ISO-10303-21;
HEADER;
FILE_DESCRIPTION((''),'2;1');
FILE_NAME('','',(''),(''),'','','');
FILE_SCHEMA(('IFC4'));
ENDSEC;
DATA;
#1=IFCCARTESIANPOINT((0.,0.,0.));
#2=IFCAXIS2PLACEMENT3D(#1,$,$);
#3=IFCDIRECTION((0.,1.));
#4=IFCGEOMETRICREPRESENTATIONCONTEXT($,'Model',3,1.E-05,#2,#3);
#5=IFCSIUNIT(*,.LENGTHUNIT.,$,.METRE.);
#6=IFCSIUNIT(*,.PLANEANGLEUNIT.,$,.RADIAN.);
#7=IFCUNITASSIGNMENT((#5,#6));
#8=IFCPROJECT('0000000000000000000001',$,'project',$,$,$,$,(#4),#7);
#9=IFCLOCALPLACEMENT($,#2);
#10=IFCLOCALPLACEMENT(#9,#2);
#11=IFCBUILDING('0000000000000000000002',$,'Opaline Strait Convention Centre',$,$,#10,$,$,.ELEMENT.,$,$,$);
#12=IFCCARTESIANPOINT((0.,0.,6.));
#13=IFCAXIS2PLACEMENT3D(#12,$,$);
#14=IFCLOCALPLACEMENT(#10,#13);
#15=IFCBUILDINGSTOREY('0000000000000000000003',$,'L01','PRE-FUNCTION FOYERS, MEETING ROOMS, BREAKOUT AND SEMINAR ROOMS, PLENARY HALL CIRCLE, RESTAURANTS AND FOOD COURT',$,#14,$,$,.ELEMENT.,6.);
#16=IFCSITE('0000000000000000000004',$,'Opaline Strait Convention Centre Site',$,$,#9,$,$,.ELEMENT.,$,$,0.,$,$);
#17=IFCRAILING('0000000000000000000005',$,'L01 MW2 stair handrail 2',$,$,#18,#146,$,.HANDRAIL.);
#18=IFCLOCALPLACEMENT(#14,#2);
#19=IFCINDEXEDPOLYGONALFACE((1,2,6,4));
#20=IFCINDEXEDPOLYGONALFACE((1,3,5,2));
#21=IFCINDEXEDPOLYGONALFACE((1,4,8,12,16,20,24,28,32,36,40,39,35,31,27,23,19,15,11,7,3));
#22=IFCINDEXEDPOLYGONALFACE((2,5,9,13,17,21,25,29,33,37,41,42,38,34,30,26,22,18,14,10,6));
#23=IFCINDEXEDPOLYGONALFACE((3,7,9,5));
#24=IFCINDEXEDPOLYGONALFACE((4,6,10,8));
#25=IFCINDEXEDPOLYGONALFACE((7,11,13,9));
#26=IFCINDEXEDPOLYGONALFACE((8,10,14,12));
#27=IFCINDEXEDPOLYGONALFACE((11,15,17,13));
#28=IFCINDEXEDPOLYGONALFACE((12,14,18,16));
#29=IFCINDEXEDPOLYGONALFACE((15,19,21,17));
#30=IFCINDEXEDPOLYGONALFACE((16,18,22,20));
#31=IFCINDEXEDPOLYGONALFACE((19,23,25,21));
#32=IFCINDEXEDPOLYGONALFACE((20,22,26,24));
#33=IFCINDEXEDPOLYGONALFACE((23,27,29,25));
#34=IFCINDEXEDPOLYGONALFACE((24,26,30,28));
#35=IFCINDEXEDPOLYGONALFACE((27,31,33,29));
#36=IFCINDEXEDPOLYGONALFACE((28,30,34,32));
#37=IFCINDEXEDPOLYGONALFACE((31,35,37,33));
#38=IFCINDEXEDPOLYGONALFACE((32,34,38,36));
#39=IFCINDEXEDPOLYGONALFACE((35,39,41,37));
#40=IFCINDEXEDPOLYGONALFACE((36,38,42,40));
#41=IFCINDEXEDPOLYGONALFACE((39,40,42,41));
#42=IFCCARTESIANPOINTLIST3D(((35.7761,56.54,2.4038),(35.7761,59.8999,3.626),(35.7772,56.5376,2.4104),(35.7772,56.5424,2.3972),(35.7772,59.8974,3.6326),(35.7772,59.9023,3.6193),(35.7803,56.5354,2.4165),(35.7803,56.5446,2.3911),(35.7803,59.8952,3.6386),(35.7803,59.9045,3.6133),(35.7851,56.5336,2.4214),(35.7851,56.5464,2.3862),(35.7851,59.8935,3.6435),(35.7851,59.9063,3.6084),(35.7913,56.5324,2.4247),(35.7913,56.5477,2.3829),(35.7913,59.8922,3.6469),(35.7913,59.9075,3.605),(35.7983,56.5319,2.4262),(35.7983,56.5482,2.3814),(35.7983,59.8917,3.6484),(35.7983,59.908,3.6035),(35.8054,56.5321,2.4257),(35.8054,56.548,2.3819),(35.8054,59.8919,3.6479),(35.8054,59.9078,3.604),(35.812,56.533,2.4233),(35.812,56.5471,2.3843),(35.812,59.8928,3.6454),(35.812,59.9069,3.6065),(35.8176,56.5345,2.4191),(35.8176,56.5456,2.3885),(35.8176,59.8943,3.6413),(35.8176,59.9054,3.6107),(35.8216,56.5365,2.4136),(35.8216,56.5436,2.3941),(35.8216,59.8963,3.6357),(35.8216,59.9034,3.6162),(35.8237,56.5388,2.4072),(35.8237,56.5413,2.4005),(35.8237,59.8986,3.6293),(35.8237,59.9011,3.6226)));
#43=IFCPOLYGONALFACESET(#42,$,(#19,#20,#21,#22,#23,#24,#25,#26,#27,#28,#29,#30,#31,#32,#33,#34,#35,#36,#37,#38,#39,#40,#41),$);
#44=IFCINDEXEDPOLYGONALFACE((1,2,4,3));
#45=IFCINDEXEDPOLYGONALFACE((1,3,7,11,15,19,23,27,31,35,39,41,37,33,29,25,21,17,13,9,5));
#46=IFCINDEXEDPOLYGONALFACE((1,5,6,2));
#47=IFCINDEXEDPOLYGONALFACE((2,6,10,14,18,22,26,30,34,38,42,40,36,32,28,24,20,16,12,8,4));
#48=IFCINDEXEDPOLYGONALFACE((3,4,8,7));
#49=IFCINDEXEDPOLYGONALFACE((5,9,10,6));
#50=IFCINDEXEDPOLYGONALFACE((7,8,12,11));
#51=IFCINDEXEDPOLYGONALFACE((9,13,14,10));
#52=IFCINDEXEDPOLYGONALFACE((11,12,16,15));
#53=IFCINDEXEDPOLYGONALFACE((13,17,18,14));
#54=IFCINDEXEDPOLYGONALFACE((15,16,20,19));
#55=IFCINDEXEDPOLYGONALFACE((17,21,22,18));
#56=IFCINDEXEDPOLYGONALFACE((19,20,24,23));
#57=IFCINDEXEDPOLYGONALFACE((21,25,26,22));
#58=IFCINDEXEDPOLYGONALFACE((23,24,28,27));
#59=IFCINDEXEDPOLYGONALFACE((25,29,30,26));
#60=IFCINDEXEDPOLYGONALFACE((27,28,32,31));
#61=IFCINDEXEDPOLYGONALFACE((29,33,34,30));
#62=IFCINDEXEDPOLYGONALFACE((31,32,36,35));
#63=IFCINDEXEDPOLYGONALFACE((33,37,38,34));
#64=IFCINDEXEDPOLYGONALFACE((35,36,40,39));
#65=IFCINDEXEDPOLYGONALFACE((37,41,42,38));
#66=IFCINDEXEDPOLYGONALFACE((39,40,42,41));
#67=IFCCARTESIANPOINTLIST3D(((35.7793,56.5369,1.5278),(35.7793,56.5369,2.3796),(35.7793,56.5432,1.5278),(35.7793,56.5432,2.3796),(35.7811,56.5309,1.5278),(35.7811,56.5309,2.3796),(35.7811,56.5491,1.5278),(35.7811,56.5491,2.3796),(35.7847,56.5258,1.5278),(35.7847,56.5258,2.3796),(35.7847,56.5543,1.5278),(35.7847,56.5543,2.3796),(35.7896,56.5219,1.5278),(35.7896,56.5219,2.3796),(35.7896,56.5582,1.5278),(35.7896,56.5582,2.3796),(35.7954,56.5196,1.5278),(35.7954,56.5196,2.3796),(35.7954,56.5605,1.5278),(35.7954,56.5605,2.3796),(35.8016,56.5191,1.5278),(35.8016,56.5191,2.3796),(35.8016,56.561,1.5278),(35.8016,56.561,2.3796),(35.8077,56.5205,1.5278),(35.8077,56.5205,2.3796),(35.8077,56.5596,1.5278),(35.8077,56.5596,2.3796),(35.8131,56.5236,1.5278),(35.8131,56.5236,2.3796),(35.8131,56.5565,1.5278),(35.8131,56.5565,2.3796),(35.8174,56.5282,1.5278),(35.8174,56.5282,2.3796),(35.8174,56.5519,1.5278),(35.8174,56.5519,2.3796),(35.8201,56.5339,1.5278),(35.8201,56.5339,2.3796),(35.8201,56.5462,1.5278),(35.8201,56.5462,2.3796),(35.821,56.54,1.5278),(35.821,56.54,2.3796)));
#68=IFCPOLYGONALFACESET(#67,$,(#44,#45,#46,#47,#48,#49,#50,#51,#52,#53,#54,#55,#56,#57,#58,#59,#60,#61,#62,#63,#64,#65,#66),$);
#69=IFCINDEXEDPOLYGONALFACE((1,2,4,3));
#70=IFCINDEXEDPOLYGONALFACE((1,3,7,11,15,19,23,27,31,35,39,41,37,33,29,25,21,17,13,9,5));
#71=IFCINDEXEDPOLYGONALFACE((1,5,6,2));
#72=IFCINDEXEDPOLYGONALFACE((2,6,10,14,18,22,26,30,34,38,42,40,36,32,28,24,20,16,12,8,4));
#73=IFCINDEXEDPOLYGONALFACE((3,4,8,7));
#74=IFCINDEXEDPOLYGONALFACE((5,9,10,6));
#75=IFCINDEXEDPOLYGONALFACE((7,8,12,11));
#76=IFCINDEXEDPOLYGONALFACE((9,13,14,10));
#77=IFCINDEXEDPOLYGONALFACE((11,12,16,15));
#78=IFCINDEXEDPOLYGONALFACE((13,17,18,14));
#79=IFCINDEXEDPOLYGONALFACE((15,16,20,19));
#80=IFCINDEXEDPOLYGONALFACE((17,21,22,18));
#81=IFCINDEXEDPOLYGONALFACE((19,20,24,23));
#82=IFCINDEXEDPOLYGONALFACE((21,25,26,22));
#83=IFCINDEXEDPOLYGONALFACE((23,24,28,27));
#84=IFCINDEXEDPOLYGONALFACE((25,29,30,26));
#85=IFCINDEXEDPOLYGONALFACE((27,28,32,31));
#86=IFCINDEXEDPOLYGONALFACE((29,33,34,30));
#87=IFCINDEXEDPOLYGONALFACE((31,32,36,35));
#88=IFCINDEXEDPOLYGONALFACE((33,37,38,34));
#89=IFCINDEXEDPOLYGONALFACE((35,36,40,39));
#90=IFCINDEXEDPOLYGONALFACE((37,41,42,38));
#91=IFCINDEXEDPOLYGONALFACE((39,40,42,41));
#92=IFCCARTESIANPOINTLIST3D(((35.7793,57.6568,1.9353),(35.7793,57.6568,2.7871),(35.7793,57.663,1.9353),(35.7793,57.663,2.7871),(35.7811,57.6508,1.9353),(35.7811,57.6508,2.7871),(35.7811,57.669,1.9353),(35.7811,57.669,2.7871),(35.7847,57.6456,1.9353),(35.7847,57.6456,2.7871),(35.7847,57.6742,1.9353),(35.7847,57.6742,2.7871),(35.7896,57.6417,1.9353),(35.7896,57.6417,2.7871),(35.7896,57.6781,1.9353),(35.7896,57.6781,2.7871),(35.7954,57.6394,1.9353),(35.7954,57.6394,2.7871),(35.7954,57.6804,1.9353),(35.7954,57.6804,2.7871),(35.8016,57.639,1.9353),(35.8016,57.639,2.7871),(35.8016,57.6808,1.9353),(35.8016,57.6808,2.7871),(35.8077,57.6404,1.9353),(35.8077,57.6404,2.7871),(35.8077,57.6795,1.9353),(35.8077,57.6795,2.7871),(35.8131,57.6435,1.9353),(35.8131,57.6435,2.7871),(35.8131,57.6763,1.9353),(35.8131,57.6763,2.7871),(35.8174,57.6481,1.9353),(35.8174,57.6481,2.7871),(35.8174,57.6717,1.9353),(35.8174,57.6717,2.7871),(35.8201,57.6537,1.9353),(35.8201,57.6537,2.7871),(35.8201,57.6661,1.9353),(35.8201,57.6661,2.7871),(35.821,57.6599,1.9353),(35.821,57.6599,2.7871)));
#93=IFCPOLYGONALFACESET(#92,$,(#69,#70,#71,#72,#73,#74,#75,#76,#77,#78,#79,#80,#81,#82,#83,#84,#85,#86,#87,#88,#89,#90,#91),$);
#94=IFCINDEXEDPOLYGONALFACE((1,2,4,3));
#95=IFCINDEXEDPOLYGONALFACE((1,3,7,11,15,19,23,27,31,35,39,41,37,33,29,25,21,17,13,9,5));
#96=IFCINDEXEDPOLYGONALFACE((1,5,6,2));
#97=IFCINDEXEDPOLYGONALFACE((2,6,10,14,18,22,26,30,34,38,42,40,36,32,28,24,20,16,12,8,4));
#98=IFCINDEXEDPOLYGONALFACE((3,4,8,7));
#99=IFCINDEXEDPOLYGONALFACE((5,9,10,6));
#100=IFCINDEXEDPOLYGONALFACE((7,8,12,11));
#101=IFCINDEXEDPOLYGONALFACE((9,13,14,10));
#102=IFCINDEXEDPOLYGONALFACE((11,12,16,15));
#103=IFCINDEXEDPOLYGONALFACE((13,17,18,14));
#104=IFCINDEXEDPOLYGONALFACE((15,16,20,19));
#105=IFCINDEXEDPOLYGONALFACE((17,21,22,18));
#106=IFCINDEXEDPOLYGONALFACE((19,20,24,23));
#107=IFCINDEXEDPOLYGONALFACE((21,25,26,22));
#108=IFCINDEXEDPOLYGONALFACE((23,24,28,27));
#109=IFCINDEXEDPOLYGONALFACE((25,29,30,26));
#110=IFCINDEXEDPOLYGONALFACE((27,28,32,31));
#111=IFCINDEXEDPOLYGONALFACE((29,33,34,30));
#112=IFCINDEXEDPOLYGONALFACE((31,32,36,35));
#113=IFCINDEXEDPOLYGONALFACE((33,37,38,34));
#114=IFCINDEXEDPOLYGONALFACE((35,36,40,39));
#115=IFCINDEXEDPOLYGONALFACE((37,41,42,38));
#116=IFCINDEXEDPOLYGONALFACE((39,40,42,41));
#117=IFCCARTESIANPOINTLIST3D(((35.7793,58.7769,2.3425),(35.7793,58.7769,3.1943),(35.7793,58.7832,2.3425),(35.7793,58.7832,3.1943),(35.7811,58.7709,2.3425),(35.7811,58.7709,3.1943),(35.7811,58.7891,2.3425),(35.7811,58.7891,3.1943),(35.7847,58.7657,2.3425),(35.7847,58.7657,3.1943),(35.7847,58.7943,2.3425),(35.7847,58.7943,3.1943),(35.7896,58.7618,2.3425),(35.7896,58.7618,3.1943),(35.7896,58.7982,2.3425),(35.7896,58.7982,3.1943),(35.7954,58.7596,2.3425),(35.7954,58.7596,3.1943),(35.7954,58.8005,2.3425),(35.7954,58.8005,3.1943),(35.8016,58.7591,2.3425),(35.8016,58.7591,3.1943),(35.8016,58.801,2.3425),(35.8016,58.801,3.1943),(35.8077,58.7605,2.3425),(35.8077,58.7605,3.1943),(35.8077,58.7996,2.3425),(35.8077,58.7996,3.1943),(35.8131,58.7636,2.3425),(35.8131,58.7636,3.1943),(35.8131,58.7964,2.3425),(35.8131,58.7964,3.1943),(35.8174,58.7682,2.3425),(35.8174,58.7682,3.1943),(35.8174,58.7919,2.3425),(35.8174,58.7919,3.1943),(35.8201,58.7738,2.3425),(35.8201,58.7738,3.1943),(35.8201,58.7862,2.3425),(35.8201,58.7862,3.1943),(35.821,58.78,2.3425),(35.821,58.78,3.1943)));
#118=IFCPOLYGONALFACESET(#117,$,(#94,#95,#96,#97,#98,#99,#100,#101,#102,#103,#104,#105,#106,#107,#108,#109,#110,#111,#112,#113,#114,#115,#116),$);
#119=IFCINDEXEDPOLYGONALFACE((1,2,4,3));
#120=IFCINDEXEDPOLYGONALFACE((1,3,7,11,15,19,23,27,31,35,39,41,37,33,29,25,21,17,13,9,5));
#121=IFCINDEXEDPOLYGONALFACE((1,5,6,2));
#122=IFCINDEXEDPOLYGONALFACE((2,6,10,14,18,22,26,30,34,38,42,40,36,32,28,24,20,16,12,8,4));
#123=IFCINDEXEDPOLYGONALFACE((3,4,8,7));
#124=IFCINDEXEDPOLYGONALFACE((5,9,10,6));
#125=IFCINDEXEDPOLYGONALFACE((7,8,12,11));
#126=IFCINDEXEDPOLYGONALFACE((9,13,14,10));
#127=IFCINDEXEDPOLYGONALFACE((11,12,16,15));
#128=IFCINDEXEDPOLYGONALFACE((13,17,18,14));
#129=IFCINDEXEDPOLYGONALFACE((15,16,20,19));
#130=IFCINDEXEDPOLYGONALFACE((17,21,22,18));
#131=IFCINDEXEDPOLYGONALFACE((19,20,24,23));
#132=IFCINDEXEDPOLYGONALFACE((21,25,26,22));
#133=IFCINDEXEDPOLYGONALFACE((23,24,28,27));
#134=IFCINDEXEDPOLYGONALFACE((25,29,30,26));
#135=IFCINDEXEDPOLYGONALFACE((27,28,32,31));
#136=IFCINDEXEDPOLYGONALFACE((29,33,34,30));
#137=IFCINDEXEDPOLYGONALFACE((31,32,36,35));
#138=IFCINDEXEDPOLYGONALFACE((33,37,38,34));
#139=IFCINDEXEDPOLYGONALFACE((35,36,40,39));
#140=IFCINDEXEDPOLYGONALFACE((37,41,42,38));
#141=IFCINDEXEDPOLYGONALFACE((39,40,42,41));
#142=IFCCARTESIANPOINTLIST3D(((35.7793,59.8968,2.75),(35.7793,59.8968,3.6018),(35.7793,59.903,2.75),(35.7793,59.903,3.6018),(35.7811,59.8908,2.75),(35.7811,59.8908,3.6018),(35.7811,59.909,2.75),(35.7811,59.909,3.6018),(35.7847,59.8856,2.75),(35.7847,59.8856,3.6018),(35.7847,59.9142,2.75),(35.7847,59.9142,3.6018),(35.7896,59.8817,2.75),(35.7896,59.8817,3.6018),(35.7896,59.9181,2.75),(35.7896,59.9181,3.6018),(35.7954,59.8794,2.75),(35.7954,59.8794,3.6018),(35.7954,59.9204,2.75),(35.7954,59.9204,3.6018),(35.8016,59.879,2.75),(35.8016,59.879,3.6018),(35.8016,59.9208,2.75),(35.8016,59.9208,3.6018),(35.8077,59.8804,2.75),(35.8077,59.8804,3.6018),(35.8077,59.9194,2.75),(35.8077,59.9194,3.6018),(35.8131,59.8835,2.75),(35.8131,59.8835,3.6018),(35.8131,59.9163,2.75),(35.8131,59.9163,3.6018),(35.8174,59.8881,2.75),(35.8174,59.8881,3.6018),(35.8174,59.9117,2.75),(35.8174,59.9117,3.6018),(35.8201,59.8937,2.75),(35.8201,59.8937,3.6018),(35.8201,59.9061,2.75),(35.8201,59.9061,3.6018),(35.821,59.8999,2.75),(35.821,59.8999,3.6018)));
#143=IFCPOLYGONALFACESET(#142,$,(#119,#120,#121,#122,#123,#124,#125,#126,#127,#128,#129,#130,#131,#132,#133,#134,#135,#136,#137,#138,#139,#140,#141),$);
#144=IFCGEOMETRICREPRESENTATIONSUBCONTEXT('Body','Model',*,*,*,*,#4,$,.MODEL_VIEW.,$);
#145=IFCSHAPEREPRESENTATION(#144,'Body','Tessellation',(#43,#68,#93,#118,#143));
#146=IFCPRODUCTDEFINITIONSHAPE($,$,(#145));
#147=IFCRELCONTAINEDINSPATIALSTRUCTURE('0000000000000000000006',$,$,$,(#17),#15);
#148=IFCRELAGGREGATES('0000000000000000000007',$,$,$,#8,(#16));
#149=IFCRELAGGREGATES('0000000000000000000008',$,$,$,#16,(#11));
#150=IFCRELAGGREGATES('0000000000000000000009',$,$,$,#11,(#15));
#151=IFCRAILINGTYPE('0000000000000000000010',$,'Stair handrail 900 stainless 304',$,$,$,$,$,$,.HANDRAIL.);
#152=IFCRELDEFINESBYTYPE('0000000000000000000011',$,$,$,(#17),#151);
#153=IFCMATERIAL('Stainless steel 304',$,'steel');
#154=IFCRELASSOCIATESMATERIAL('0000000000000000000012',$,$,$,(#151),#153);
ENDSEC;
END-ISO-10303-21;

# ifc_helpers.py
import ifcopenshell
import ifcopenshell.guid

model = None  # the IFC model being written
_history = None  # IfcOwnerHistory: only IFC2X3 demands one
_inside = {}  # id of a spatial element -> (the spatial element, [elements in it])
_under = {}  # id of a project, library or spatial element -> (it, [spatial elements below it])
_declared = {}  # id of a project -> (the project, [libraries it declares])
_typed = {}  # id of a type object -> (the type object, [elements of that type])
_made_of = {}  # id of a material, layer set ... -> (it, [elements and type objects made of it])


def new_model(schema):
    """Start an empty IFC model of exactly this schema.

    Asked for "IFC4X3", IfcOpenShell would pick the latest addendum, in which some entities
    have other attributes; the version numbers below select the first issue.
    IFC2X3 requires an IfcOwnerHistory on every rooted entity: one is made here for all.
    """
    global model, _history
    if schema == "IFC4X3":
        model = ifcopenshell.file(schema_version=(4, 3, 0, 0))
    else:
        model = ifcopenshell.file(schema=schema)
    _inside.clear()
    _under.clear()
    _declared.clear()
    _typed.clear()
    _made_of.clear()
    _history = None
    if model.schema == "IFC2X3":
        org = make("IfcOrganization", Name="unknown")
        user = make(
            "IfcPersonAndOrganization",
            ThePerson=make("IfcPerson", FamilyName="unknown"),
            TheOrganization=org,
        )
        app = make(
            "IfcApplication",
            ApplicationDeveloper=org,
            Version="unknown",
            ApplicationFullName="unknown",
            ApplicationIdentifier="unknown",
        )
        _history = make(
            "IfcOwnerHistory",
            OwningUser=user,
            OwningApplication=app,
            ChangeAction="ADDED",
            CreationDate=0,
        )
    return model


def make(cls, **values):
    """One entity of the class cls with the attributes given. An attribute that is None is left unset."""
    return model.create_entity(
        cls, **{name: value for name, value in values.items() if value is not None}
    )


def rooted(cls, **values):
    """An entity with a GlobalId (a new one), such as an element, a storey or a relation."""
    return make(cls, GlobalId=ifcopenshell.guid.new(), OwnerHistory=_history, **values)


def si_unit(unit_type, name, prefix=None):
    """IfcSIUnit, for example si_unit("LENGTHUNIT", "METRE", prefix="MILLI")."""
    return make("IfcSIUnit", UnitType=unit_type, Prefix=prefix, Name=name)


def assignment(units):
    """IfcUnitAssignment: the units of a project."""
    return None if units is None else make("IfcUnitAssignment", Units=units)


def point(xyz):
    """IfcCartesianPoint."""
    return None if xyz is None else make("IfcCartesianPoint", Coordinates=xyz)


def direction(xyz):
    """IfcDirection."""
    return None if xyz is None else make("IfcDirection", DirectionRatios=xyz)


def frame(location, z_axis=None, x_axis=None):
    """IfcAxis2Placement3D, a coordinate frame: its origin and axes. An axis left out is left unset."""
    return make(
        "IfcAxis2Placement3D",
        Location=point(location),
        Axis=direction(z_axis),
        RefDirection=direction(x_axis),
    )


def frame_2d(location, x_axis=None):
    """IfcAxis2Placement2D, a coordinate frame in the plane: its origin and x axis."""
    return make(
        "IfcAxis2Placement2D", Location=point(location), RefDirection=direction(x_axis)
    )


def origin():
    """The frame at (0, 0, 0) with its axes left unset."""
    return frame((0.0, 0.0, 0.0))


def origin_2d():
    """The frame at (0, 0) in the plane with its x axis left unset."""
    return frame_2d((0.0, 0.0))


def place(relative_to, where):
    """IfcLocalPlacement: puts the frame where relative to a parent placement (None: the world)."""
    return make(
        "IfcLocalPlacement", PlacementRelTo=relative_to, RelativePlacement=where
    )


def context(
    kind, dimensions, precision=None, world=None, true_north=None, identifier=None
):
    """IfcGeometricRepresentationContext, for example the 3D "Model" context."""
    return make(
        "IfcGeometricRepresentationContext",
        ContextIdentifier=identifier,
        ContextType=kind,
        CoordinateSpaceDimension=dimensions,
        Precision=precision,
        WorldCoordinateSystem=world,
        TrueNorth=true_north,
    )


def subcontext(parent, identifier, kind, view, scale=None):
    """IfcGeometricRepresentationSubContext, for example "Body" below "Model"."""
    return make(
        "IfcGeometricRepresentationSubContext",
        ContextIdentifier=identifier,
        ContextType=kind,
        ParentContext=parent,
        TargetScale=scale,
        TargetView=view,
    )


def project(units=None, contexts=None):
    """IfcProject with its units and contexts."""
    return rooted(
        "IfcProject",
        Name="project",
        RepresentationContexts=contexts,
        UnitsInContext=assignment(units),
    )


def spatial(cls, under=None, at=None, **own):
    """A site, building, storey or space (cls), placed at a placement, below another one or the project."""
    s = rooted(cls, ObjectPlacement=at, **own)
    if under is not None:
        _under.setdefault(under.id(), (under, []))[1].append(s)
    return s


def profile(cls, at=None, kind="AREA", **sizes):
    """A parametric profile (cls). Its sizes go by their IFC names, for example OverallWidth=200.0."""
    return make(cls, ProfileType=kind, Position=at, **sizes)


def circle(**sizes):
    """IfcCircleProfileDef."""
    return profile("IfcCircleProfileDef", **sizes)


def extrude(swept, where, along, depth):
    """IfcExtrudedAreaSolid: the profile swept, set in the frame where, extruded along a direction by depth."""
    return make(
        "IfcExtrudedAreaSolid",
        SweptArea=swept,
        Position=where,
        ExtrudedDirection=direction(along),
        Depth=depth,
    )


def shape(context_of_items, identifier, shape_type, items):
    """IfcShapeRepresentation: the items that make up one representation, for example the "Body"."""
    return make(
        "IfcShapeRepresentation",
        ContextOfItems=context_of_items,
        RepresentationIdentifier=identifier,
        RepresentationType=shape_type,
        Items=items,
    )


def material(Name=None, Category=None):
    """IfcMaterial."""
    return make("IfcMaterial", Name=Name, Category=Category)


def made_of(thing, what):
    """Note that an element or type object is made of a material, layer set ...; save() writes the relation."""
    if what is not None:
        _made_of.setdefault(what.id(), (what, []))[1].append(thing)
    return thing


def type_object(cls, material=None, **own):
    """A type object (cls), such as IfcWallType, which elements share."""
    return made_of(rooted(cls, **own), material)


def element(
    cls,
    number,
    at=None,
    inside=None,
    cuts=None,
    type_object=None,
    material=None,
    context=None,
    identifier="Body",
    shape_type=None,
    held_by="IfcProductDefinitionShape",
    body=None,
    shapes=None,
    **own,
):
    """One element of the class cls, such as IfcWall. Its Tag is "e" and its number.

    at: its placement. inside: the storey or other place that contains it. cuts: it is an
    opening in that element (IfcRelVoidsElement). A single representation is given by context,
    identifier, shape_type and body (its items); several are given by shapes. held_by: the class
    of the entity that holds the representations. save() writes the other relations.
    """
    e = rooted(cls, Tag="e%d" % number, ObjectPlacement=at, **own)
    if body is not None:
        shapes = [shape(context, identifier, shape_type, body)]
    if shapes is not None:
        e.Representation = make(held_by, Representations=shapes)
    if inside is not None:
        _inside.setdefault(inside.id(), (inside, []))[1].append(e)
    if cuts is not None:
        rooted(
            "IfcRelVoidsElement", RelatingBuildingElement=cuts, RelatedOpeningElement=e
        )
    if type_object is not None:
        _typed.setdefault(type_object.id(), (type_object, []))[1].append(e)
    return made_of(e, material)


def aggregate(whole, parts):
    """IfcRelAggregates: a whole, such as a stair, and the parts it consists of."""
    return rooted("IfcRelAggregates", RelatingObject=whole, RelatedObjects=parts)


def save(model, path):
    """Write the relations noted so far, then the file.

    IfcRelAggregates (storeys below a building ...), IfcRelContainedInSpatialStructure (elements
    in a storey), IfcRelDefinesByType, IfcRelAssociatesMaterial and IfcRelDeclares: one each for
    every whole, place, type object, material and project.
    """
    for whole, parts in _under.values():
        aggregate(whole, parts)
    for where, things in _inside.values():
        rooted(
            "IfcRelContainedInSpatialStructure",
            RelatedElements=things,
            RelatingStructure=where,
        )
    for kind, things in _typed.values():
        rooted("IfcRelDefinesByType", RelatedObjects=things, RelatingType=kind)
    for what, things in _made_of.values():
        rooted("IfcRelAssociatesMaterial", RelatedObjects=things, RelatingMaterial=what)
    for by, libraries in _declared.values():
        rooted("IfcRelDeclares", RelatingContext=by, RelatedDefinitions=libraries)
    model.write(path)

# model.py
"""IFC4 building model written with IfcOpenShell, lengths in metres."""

from ifc_helpers import new_model, si_unit, direction, frame, origin, origin_2d, place, context, subcontext, project, spatial, circle, extrude, material, type_object, element, save


model = new_model("IFC4")

# Units and contexts
model_context = context("Model", 3, precision=1e-05, world=origin(), true_north=direction((0.0, 1.0)))
body_context = subcontext(model_context, "Body", "Model", "MODEL_VIEW")
ifc_project = project(units=[si_unit("LENGTHUNIT", "METRE"), si_unit("PLANEANGLEUNIT", "RADIAN")], contexts=[model_context])

# Site, building, storey
site_placement = place(None, origin())
site = spatial("IfcSite", under=ifc_project, at=site_placement, Name="Opaline Strait Convention Centre Site", CompositionType="ELEMENT", RefElevation=0.0)
building_placement = place(site_placement, origin())
building = spatial("IfcBuilding", under=site, at=building_placement, Name="Opaline Strait Convention Centre", CompositionType="ELEMENT")
storey_placement = place(building_placement, frame((0.0, 0.0, 6.0)))
storey = spatial("IfcBuildingStorey", under=building, at=storey_placement, Name="L01", Description="PRE-FUNCTION FOYERS, MEETING ROOMS, BREAKOUT AND SEMINAR ROOMS, PLENARY HALL CIRCLE, RESTAURANTS AND FOOD COURT", CompositionType="ELEMENT", Elevation=6.0)

# Railing
ifc_material_1 = material(Name="Stainless steel 304", Category="steel")
railing_type_1 = type_object("IfcRailingType", Name="Stair handrail 900 stainless 304", PredefinedType="HANDRAIL", material=ifc_material_1)
for number, where, name in (
    (1, (35.8, 56.54, 1.5278), "L01 MW2 stair handrail 2"),
):
    element("IfcRailing", number, at=place(storey_placement, frame(where)), inside=storey, type_object=railing_type_1, Name=name, PredefinedType="HANDRAIL", context=body_context, shape_type="SweptSolid", body=[
        extrude(circle(Radius=0.0239, at=origin_2d()), frame((0.0, 0.0, 0.876), z_axis=(0.0, 0.939758, 0.341842), x_axis=(-1.0, 0.0, 0.0)), (0.0, 0.0, 1.0), 3.5752),
        extrude(circle(Radius=0.021, at=origin_2d()), origin(), (0.0, 0.0, 1.0), 0.8518),
        extrude(circle(Radius=0.021, at=origin_2d()), frame((0.0, 1.1199, 0.4075)), (0.0, 0.0, 1.0), 0.8518),
        extrude(circle(Radius=0.021, at=origin_2d()), frame((0.0, 2.24, 0.8147)), (0.0, 0.0, 1.0), 0.8518),
        extrude(circle(Radius=0.021, at=origin_2d()), frame((0.0, 3.3599, 1.2222)), (0.0, 0.0, 1.0), 0.8518),
    ])

save(model, "model.ifc")
